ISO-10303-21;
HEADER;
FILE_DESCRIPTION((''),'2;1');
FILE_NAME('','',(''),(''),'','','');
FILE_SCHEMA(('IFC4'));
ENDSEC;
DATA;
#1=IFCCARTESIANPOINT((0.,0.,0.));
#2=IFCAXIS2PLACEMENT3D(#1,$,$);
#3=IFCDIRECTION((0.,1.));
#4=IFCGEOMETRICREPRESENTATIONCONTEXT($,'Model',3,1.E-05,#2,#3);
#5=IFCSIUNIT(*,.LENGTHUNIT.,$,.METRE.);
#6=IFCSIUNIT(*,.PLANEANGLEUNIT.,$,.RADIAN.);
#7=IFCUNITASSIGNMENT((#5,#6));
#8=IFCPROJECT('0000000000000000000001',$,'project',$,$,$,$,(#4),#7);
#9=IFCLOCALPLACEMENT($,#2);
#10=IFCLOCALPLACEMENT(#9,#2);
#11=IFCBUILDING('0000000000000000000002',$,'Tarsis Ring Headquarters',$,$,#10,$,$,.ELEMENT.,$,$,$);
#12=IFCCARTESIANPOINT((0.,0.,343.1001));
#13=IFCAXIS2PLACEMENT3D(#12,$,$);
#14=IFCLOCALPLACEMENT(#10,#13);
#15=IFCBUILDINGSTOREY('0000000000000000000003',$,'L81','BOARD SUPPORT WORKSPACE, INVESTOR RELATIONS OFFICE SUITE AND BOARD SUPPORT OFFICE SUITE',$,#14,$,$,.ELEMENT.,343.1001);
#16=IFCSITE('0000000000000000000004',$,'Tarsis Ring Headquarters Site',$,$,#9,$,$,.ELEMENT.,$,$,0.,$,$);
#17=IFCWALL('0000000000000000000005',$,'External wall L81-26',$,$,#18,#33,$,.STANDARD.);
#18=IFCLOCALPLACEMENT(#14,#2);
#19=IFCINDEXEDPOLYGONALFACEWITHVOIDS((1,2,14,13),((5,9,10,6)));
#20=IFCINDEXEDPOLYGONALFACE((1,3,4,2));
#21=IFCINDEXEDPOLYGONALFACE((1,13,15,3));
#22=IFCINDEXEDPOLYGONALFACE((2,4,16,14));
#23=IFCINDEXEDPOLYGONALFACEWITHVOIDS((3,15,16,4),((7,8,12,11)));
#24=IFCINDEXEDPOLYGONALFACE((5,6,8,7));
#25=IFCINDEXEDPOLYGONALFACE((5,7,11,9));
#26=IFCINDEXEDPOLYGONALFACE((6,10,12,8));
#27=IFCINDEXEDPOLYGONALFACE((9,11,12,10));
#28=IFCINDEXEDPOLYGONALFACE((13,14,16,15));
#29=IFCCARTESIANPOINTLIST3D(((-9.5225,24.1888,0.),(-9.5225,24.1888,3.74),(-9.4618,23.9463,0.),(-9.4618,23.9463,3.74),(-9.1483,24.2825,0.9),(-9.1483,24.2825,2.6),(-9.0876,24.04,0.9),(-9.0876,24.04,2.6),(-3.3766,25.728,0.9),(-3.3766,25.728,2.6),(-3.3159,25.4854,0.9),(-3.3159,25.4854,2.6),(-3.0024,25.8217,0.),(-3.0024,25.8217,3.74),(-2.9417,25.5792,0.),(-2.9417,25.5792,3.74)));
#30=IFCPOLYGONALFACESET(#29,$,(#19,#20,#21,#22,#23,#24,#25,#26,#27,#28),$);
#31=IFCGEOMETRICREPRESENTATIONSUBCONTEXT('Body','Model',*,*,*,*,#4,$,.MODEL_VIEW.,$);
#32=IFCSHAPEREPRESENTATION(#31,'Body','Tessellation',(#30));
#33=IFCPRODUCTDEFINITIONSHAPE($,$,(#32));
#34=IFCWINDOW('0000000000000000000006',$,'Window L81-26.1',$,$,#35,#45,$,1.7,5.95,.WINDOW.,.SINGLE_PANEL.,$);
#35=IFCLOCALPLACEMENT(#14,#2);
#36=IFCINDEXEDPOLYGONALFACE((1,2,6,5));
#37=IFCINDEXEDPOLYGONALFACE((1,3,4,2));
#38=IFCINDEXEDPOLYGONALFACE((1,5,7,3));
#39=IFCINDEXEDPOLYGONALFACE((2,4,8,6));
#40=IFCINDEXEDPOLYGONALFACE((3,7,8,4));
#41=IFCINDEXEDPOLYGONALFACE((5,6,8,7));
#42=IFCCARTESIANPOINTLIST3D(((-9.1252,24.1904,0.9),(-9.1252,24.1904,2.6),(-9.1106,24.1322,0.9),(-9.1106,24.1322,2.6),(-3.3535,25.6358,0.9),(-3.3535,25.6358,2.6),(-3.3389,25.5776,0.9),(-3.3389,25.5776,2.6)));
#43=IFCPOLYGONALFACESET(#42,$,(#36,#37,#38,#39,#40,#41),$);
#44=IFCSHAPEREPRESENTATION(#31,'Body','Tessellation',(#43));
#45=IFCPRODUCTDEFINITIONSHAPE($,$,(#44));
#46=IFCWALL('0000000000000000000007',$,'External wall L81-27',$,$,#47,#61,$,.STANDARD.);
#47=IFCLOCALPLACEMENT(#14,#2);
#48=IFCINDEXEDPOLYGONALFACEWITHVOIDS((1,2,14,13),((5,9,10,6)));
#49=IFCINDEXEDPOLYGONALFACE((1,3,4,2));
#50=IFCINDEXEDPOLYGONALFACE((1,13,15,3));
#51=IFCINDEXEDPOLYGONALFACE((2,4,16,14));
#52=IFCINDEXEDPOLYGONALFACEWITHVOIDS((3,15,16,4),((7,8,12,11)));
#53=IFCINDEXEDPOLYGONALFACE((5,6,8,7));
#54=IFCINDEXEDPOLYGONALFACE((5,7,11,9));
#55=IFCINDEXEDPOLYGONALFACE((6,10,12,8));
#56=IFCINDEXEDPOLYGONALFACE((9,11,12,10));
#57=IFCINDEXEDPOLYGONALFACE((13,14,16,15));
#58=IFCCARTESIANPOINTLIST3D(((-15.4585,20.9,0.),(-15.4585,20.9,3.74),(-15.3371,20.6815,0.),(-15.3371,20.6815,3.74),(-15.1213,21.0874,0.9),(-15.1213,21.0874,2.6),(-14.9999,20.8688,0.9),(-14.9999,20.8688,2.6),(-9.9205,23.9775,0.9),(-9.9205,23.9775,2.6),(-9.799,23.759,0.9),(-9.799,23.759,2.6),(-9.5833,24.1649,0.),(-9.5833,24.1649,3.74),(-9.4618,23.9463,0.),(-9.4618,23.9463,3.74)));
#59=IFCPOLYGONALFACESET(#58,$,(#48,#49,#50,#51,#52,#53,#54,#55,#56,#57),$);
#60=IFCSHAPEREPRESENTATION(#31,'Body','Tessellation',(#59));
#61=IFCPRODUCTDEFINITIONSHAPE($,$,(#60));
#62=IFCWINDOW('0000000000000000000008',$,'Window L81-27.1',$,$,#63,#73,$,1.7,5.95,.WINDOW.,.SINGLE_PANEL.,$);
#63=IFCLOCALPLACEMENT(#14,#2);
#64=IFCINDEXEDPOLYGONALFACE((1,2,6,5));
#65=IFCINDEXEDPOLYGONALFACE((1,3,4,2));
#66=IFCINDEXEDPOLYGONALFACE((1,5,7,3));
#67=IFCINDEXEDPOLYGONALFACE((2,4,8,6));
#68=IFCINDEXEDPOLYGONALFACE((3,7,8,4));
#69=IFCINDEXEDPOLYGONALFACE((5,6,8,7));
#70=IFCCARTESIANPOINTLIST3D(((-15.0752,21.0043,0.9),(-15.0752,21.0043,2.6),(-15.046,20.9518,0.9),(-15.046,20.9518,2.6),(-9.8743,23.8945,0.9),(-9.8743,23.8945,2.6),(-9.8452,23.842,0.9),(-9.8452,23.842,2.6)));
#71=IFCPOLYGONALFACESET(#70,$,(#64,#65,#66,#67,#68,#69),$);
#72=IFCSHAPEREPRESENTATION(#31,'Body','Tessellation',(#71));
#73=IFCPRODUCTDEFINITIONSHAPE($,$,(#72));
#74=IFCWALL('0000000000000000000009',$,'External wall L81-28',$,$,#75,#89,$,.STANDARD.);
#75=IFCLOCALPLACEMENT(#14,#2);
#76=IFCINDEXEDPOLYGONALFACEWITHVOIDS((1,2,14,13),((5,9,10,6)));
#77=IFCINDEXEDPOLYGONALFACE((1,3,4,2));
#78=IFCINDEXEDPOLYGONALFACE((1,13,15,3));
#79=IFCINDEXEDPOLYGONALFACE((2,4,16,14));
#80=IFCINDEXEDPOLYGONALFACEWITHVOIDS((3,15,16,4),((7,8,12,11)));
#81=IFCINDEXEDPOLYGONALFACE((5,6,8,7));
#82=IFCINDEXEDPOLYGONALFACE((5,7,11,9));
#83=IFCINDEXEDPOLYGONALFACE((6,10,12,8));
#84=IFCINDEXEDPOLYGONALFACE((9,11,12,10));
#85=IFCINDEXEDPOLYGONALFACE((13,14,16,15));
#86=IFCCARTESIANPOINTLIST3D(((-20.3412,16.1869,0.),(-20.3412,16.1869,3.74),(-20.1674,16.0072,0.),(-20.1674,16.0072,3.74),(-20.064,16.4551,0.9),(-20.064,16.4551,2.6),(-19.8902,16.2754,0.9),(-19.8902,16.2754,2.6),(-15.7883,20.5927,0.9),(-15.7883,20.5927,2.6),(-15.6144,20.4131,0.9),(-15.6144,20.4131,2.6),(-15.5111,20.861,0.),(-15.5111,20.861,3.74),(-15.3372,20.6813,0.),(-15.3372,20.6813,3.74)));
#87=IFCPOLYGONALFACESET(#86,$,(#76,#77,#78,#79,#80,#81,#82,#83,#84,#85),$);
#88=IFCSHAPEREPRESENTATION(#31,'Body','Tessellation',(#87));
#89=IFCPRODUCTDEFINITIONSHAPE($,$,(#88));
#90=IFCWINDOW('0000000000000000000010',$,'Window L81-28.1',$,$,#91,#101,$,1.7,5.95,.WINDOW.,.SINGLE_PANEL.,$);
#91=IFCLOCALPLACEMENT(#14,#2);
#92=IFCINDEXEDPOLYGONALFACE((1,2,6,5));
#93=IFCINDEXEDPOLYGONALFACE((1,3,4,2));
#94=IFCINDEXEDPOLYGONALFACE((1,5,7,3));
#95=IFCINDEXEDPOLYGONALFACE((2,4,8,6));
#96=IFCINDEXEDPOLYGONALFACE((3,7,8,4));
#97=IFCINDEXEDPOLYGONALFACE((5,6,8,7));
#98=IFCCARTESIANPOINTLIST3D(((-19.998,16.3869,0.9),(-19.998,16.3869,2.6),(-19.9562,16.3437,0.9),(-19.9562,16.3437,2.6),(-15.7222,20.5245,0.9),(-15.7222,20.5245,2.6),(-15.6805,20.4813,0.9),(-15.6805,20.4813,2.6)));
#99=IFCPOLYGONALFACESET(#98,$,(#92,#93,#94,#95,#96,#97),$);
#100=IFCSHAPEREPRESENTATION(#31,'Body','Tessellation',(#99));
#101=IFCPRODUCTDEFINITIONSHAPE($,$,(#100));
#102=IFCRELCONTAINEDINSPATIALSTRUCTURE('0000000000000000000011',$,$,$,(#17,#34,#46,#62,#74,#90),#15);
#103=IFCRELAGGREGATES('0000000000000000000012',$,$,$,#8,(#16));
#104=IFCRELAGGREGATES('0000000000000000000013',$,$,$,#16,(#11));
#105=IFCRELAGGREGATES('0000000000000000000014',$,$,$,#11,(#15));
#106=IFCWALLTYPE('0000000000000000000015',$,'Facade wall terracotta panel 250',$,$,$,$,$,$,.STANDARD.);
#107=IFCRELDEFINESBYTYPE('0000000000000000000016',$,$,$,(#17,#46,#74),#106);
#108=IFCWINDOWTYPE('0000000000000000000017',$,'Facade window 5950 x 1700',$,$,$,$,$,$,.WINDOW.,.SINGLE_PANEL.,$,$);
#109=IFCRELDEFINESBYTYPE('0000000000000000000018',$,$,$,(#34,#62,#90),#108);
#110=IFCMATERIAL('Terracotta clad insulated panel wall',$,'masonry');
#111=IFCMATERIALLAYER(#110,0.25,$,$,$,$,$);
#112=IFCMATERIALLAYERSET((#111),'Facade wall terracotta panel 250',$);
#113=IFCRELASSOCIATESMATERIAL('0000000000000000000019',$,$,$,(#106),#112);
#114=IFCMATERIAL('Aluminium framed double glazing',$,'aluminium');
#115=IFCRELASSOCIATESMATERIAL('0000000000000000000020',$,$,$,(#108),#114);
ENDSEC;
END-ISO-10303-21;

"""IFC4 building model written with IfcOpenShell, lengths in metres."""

from ifc_helpers import new_model, si_unit, direction, frame, frame_2d, origin, place, context, subcontext, project, spatial, rectangle, extrude, material, layer, layer_set, type_object, element, fill, save


model = new_model("IFC4")

# Units and contexts
model_context = context("Model", 3, precision=1e-05, world=origin(), true_north=direction((0.0, 1.0)))
body_context = subcontext(model_context, "Body", "Model", "MODEL_VIEW")
ifc_project = project(units=[si_unit("LENGTHUNIT", "METRE"), si_unit("PLANEANGLEUNIT", "RADIAN")], contexts=[model_context])

# Site, building, storey
site_placement = place(None, origin())
site = spatial("IfcSite", under=ifc_project, at=site_placement, Name="Tarsis Ring Headquarters Site", CompositionType="ELEMENT", RefElevation=0.0)
building_placement = place(site_placement, origin())
building = spatial("IfcBuilding", under=site, at=building_placement, Name="Tarsis Ring Headquarters", CompositionType="ELEMENT")
storey_placement = place(building_placement, frame((0.0, 0.0, 343.1001)))
storey = spatial("IfcBuildingStorey", under=building, at=storey_placement, Name="L81", Description="BOARD SUPPORT WORKSPACE, INVESTOR RELATIONS OFFICE SUITE AND BOARD SUPPORT OFFICE SUITE", CompositionType="ELEMENT", Elevation=343.1001)

# Walls, openings, windows
ifc_material_1 = material(Name="Terracotta clad insulated panel wall", Category="masonry")
ifc_layer_1 = layer(ifc_material_1, 0.25)
ifc_layer_set_1 = layer_set([ifc_layer_1], Name="Facade wall terracotta panel 250")
wall_type_1 = type_object("IfcWallType", Name="Facade wall terracotta panel 250", PredefinedType="STANDARD", material=ifc_layer_set_1)
wall_1_placement = place(storey_placement, frame((-2.9719, 25.7004, 0.0), z_axis=(0.0, 0.0, 1.0), x_axis=(-0.970044, -0.242929, 0.0)))
wall_1 = element("IfcWall", 1, at=wall_1_placement, inside=storey, type_object=wall_type_1, Name="External wall L81-26", PredefinedType="STANDARD", context=body_context, shape_type="SweptSolid", body=[
    extrude(rectangle(XDim=6.7214, YDim=0.25, at=frame_2d((3.3608, 0.0))), origin(), (0.0, 0.0, 1.0), 3.74),
])
opening_1_placement = place(wall_1_placement, frame((0.3857, 0.0, 0.8999)))
opening_1 = element("IfcOpeningElement", 2, at=opening_1_placement, cuts=wall_1, PredefinedType="OPENING", context=body_context, shape_type="SweptSolid", body=[
    extrude(rectangle(XDim=5.95, YDim=1.7, at=frame_2d((2.9751, 0.8501))), frame((0.0, 0.135, 0.0), z_axis=(0.0, -1.0, 0.0), x_axis=(1.0, 0.0, 0.0)), (0.0, 0.0, 1.0), 0.27),
])
ifc_material_2 = material(Name="Aluminium framed double glazing", Category="aluminium")
window_type = type_object("IfcWindowType", Name="Facade window 5950 x 1700", PartitioningType="SINGLE_PANEL", PredefinedType="WINDOW", material=ifc_material_2)
window_1_placement = place(opening_1_placement, origin())
window_1 = element("IfcWindow", 3, at=window_1_placement, inside=storey, type_object=window_type, Name="Window L81-26.1", OverallHeight=1.7, OverallWidth=5.95, PartitioningType="SINGLE_PANEL", PredefinedType="WINDOW", context=body_context, shape_type="SweptSolid", body=[
    extrude(rectangle(XDim=5.95, YDim=1.7, at=frame_2d((2.9751, 0.8501))), frame((0.0, 0.03, 0.0), z_axis=(0.0, -1.0, 0.0), x_axis=(1.0, 0.0, 0.0)), (0.0, 0.0, 1.0), 0.0601),
])
fill(opening_1, window_1)
wall_2_placement = place(storey_placement, frame((-9.5225, 24.0557, 0.0), z_axis=(0.0, 0.0, 1.0), x_axis=(-0.874102, -0.485742, 0.0)))
wall_2 = element("IfcWall", 4, at=wall_2_placement, inside=storey, type_object=wall_type_1, Name="External wall L81-27", PredefinedType="STANDARD", context=body_context, shape_type="SweptSolid", body=[
    extrude(rectangle(XDim=6.7214, YDim=0.25, at=frame_2d((3.3608, 0.0))), origin(), (0.0, 0.0, 1.0), 3.74),
])
opening_2_placement = place(wall_2_placement, frame((0.3857, 0.0, 0.8999)))
opening_2 = element("IfcOpeningElement", 5, at=opening_2_placement, cuts=wall_2, PredefinedType="OPENING", context=body_context, shape_type="SweptSolid", body=[
    extrude(rectangle(XDim=5.95, YDim=1.7, at=frame_2d((2.9751, 0.8501))), frame((0.0, 0.135, 0.0), z_axis=(0.0, -1.0, 0.0), x_axis=(1.0, 0.0, 0.0)), (0.0, 0.0, 1.0), 0.27),
])
window_2_placement = place(opening_2_placement, origin())
window_2 = element("IfcWindow", 6, at=window_2_placement, inside=storey, type_object=window_type, Name="Window L81-27.1", OverallHeight=1.7, OverallWidth=5.95, PartitioningType="SINGLE_PANEL", PredefinedType="WINDOW", context=body_context, shape_type="SweptSolid", body=[
    extrude(rectangle(XDim=5.95, YDim=1.7, at=frame_2d((2.9751, 0.8501))), frame((0.0, 0.03, 0.0), z_axis=(0.0, -1.0, 0.0), x_axis=(1.0, 0.0, 0.0)), (0.0, 0.0, 1.0), 0.0601),
])
fill(opening_2, window_2)
wall_3_placement = place(storey_placement, frame((-15.4241, 20.7712, 0.0), z_axis=(0.0, 0.0, 1.0), x_axis=(-0.718617, -0.695406, 0.0)))
wall_3 = element("IfcWall", 7, at=wall_3_placement, inside=storey, type_object=wall_type_1, Name="External wall L81-28", PredefinedType="STANDARD", context=body_context, shape_type="SweptSolid", body=[
    extrude(rectangle(XDim=6.7214, YDim=0.25, at=frame_2d((3.3608, 0.0))), origin(), (0.0, 0.0, 1.0), 3.74),
])
opening_3_placement = place(wall_3_placement, frame((0.3857, 0.0, 0.8999)))
opening_3 = element("IfcOpeningElement", 8, at=opening_3_placement, cuts=wall_3, PredefinedType="OPENING", context=body_context, shape_type="SweptSolid", body=[
    extrude(rectangle(XDim=5.95, YDim=1.7, at=frame_2d((2.9751, 0.8501))), frame((0.0, 0.135, 0.0), z_axis=(0.0, -1.0, 0.0), x_axis=(1.0, 0.0, 0.0)), (0.0, 0.0, 1.0), 0.27),
])
window_3_placement = place(opening_3_placement, origin())
window_3 = element("IfcWindow", 9, at=window_3_placement, inside=storey, type_object=window_type, Name="Window L81-28.1", OverallHeight=1.7, OverallWidth=5.95, PartitioningType="SINGLE_PANEL", PredefinedType="WINDOW", context=body_context, shape_type="SweptSolid", body=[
    extrude(rectangle(XDim=5.95, YDim=1.7, at=frame_2d((2.9751, 0.8501))), frame((0.0, 0.03, 0.0), z_axis=(0.0, -1.0, 0.0), x_axis=(1.0, 0.0, 0.0)), (0.0, 0.0, 1.0), 0.0601),
])
fill(opening_3, window_3)

save(model, "model.ifc")
